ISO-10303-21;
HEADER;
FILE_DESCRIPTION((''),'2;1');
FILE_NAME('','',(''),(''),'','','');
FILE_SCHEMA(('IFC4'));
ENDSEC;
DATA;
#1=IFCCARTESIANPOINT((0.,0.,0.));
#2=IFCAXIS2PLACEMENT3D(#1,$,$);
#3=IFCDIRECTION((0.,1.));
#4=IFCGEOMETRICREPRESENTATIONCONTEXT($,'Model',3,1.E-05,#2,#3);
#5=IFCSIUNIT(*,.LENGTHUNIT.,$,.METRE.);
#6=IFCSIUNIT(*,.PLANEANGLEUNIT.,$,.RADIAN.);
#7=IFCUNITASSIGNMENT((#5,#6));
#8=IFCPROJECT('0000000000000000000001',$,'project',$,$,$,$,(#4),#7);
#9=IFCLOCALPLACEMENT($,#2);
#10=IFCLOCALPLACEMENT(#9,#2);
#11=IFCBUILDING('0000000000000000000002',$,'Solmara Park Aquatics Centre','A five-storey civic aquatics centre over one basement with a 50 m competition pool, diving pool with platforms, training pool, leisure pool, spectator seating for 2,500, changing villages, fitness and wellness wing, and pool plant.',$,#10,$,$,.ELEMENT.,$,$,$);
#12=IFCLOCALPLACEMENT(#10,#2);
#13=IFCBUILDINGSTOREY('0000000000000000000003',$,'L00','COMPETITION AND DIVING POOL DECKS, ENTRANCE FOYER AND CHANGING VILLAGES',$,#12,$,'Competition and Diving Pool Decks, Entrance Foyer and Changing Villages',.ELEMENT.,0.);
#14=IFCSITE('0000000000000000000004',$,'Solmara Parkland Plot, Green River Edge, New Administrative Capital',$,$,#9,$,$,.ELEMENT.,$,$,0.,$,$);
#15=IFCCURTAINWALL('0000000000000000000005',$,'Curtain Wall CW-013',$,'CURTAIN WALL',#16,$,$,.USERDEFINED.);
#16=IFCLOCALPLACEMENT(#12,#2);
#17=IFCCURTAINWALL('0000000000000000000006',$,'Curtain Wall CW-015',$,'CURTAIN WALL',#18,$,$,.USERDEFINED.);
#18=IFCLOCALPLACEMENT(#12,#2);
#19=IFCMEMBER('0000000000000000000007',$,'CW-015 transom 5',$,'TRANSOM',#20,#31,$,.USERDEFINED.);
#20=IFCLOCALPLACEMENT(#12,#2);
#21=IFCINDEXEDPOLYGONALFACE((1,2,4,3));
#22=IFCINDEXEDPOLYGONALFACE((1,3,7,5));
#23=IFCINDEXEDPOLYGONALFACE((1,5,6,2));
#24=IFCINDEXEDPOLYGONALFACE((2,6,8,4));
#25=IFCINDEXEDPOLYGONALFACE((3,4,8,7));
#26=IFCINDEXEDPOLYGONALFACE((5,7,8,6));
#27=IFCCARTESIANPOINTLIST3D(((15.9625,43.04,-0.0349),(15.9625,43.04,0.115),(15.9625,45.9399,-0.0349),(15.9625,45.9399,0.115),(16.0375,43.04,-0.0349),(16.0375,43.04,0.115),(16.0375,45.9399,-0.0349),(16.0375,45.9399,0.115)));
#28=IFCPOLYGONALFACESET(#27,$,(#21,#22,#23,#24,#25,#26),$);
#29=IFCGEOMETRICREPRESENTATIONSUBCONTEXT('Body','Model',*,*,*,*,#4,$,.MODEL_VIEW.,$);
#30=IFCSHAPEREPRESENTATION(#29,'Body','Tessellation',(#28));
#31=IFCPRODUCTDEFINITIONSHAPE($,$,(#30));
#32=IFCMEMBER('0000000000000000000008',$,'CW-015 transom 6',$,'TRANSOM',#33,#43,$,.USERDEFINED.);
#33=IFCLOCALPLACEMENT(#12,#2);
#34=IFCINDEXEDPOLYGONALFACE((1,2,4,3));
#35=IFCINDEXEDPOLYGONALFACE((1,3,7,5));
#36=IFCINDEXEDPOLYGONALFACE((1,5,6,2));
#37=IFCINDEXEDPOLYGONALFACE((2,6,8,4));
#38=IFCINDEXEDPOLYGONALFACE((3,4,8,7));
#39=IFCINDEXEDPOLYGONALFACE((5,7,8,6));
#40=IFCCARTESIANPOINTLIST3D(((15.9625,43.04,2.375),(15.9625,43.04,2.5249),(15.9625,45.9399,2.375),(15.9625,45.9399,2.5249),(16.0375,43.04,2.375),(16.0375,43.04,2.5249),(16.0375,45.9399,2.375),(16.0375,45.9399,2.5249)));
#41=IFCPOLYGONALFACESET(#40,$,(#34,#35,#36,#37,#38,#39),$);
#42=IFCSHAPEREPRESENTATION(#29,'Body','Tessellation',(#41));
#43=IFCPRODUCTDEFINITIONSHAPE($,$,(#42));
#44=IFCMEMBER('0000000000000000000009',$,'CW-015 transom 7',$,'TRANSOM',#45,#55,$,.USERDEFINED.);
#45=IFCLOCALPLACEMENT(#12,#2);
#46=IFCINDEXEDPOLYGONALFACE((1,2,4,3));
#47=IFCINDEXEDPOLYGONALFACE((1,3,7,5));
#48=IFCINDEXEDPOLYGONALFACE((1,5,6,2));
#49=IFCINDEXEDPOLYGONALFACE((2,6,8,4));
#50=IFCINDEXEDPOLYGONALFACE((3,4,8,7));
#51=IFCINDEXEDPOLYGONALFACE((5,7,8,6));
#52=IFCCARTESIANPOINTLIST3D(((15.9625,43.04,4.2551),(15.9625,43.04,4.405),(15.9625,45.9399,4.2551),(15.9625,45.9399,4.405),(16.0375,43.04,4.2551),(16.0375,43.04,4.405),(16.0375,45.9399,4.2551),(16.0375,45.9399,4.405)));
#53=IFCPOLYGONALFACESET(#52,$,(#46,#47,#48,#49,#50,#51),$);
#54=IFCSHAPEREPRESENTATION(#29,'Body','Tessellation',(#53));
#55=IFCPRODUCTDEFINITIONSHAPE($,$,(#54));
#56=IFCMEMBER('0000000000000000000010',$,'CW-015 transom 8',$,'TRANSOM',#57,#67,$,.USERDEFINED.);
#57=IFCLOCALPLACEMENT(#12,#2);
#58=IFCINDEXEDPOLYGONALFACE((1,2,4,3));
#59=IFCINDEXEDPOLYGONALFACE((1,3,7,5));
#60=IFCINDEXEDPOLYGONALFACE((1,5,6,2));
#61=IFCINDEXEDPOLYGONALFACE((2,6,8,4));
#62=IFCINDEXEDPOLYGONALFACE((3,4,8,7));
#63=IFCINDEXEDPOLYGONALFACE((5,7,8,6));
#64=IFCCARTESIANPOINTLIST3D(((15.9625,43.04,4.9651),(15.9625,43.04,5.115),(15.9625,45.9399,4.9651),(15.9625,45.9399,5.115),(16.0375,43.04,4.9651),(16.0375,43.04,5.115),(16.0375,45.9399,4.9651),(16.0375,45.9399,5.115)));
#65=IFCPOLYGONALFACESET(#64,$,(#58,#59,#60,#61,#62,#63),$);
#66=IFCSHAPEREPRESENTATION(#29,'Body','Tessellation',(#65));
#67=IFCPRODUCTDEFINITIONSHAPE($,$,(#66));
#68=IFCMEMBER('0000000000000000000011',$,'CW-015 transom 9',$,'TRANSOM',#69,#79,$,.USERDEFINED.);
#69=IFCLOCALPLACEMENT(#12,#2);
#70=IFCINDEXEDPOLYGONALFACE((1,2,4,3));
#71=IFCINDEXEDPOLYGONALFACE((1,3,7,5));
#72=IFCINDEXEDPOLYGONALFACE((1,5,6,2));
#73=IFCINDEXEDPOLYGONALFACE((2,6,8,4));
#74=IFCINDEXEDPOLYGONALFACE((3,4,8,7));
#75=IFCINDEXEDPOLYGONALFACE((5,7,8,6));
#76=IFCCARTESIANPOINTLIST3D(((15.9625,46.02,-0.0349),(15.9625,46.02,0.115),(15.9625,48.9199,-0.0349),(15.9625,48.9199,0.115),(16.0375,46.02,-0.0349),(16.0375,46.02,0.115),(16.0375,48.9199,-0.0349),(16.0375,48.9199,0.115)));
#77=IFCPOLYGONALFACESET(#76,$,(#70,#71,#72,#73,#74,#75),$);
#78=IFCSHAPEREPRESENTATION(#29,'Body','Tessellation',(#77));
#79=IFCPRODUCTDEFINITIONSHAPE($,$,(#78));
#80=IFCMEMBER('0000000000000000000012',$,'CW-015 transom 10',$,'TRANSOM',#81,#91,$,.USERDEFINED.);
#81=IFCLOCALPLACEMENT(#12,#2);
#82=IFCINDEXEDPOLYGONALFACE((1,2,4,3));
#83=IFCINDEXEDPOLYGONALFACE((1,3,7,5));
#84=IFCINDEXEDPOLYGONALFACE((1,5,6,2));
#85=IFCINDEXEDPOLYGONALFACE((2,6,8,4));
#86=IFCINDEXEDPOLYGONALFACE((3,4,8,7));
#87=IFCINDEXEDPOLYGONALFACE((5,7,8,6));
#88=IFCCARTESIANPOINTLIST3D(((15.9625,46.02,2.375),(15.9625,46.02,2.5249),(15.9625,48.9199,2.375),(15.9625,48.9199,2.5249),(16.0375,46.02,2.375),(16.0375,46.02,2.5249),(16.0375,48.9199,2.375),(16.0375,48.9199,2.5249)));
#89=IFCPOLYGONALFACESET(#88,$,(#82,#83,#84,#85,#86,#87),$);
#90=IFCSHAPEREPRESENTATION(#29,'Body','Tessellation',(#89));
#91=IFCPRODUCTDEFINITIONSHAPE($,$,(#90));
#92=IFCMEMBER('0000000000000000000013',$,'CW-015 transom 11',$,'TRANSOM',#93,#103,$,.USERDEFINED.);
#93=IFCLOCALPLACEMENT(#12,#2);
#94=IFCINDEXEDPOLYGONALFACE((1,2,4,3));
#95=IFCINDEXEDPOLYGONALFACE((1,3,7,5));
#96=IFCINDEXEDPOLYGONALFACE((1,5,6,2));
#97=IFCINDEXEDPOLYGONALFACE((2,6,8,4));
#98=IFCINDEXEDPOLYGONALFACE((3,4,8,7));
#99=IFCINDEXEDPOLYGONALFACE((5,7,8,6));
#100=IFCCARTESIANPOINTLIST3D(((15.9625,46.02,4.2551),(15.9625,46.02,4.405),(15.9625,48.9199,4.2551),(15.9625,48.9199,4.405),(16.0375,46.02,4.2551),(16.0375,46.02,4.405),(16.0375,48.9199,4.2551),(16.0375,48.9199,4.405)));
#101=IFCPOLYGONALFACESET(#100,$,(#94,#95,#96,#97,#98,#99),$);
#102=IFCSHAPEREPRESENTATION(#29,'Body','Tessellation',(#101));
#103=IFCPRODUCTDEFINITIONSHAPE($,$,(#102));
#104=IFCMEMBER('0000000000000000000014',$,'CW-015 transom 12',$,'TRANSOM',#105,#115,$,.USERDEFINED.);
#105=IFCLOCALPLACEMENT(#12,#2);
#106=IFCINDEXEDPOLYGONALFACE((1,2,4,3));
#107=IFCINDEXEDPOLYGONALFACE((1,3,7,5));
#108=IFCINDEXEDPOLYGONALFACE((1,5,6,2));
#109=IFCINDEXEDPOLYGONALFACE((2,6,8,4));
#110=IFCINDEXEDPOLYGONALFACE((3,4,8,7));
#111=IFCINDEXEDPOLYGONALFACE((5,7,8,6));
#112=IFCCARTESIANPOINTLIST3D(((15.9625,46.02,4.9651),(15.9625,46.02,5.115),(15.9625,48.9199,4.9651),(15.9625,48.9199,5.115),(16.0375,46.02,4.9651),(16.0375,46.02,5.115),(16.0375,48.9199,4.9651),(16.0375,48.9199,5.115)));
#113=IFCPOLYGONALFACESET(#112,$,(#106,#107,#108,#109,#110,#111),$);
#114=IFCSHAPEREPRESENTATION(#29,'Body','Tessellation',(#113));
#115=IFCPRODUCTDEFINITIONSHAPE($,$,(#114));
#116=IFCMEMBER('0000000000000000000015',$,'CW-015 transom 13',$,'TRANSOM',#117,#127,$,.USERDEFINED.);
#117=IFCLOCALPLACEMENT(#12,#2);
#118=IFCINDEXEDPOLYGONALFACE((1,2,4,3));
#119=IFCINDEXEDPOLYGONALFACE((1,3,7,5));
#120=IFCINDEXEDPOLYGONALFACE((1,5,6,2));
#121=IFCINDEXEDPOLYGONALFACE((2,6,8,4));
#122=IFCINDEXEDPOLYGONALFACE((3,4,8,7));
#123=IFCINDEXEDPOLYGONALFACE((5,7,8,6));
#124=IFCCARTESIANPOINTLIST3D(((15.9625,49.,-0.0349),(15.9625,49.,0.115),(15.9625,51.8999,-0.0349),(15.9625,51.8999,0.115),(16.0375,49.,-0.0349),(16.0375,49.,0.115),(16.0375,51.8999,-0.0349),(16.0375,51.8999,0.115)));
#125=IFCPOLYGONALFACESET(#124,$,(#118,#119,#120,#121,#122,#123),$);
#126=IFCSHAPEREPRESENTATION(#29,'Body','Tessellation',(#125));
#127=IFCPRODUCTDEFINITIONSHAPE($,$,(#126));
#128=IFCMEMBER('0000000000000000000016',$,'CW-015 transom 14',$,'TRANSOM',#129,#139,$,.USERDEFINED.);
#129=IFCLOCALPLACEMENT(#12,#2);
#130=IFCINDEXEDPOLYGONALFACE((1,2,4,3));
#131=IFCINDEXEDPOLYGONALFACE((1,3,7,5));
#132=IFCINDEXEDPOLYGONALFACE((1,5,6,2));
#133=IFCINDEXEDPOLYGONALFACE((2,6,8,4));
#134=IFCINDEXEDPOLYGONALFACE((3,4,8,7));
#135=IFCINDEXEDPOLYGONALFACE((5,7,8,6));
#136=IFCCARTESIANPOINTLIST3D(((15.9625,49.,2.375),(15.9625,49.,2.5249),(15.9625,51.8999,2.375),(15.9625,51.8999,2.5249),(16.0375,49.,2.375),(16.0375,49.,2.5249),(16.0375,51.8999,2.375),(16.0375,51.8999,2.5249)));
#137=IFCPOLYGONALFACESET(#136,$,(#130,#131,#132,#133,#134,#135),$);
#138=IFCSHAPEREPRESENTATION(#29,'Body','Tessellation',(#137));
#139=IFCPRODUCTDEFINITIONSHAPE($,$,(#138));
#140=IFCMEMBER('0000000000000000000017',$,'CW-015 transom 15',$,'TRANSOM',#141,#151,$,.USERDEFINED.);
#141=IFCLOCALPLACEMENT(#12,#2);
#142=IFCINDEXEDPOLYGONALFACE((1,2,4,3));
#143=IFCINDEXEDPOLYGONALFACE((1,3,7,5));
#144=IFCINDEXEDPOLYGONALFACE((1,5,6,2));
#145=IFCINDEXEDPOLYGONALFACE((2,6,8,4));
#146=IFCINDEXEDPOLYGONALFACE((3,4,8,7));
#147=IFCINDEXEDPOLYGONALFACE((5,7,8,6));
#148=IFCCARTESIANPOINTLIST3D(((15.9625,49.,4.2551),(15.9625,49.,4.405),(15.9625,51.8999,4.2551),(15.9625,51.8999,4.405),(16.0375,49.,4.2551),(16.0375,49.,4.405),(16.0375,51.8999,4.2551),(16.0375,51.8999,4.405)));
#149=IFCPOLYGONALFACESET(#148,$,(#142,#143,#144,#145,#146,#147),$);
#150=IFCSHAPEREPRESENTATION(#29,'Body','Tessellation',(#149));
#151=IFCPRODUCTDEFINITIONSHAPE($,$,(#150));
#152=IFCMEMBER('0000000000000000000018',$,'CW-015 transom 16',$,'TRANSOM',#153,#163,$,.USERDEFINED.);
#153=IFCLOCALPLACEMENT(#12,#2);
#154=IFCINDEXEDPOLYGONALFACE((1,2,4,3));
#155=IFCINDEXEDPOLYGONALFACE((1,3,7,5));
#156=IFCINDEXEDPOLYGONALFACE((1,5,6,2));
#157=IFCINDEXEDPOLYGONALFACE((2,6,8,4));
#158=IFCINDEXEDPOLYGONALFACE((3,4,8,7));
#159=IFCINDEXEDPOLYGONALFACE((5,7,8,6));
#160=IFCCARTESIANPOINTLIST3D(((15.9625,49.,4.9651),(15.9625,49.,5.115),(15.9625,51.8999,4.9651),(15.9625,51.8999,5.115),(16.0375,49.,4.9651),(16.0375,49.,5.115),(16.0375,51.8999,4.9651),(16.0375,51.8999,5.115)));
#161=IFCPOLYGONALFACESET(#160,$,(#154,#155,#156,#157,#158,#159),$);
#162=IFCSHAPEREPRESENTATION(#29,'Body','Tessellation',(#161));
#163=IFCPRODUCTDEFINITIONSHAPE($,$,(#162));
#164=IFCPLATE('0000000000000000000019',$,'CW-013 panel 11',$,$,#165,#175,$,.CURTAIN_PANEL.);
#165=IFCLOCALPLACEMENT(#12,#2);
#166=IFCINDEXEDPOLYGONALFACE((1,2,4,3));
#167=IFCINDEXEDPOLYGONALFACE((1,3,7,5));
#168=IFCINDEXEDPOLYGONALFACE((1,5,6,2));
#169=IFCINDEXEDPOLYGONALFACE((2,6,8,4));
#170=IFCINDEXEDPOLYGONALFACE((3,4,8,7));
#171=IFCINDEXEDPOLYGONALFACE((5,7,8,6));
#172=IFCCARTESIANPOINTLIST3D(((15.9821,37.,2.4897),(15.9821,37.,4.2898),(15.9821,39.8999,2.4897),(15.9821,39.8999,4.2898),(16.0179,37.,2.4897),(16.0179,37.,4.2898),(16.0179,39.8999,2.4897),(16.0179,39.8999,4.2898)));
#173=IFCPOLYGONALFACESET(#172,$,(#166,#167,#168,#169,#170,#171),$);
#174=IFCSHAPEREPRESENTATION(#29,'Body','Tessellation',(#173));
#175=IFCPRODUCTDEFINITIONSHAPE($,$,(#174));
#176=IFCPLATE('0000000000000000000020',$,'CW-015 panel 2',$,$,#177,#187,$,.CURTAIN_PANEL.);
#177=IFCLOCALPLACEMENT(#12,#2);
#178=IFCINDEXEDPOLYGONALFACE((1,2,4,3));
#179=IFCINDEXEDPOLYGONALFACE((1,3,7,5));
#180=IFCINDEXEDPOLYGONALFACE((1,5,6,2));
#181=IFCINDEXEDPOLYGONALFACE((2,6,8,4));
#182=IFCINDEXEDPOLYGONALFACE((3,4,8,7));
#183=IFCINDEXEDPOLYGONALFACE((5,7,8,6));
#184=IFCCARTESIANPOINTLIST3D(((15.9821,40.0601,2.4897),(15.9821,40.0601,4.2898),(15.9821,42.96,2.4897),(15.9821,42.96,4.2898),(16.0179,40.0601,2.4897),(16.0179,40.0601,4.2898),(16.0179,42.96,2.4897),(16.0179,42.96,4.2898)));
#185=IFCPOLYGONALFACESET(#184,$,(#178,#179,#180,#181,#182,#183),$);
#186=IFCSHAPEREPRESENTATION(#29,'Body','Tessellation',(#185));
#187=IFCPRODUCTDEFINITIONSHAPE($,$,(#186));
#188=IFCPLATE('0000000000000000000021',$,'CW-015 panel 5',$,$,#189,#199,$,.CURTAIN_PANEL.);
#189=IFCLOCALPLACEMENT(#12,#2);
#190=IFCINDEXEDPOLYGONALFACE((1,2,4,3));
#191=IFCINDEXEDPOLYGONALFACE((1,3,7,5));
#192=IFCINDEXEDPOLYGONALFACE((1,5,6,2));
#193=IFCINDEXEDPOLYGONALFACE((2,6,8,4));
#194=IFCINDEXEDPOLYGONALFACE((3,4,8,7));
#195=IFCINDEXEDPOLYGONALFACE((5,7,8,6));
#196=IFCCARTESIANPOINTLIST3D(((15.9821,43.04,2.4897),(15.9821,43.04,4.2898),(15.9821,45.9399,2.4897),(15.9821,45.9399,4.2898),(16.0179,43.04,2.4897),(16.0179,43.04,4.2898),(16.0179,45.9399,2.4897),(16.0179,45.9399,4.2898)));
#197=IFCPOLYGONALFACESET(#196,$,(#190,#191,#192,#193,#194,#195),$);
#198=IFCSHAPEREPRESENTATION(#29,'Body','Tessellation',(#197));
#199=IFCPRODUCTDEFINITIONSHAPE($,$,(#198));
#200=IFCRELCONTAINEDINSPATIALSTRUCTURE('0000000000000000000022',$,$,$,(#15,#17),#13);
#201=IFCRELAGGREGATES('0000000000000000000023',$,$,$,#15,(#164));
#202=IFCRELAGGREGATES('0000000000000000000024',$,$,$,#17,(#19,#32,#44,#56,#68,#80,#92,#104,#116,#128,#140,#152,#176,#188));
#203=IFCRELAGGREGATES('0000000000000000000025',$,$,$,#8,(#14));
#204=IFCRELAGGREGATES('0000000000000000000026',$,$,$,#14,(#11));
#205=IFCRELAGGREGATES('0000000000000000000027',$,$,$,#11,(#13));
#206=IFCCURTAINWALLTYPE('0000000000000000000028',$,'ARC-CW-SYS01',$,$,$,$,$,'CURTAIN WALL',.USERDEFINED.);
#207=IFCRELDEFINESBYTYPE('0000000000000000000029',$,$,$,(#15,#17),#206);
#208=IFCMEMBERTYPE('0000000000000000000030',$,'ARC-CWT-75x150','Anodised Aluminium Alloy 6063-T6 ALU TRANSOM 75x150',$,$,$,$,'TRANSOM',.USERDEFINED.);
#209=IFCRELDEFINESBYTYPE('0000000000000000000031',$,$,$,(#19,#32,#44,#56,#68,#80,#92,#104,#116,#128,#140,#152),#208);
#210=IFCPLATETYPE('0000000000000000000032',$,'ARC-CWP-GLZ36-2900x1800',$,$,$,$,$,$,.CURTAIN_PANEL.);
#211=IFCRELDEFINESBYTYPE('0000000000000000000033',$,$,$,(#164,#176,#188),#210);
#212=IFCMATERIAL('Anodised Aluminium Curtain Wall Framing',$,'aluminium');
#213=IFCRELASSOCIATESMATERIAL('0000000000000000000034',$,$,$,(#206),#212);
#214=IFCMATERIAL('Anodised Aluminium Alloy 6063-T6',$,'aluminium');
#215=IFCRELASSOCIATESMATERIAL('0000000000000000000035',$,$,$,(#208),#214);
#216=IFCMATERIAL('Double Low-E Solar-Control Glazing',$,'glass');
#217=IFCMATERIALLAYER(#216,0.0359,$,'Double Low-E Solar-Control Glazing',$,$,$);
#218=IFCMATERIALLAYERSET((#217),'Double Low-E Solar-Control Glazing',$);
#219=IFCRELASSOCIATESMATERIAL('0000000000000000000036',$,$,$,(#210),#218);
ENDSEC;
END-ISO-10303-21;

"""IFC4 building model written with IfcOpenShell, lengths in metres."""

from ifc_helpers import new_model, si_unit, direction, frame, origin, origin_2d, place, context, subcontext, project, spatial, rectangle, extrude, material, layer, layer_set, material_profile, profile_set, type_object, element, aggregate, save


model = new_model("IFC4")

# Units and contexts
model_context = context("Model", 3, precision=1e-05, world=origin(), true_north=direction((0.0, 1.0)))
body_context = subcontext(model_context, "Body", "Model", "MODEL_VIEW")
ifc_project = project(units=[si_unit("LENGTHUNIT", "METRE"), si_unit("PLANEANGLEUNIT", "RADIAN")], contexts=[model_context])

# Site, building, storey
site_placement = place(None, origin())
site = spatial("IfcSite", under=ifc_project, at=site_placement, Name="Solmara Parkland Plot, Green River Edge, New Administrative Capital", CompositionType="ELEMENT", RefElevation=0.0)
building_placement = place(site_placement, origin())
building = spatial("IfcBuilding", under=site, at=building_placement, Name="Solmara Park Aquatics Centre", Description="A five-storey civic aquatics centre over one basement with a 50 m competition pool, diving pool with platforms, training pool, leisure pool, spectator seating for 2,500, changing villages, fitness and wellness wing, and pool plant.", CompositionType="ELEMENT")
storey_placement = place(building_placement, origin())
storey = spatial("IfcBuildingStorey", under=building, at=storey_placement, Name="L00", Description="COMPETITION AND DIVING POOL DECKS, ENTRANCE FOYER AND CHANGING VILLAGES", LongName="Competition and Diving Pool Decks, Entrance Foyer and Changing Villages", CompositionType="ELEMENT", Elevation=0.0)

# Curtain wall
ifc_material_1 = material(Name="Anodised Aluminium Curtain Wall Framing", Category="aluminium")
curtain_wall_type = type_object("IfcCurtainWallType", Name="ARC-CW-SYS01", ElementType="CURTAIN WALL", PredefinedType="USERDEFINED", material=ifc_material_1)
curtain_wall_1_placement = place(storey_placement, origin())
curtain_wall_1 = element("IfcCurtainWall", 1, at=curtain_wall_1_placement, inside=storey, type_object=curtain_wall_type, Name="Curtain Wall CW-013", ObjectType="CURTAIN WALL", PredefinedType="USERDEFINED")
ifc_material_2 = material(Name="Anodised Aluminium Alloy 6063-T6", Category="aluminium")

# Curtain wall
curtain_wall_2_placement = place(storey_placement, origin())
curtain_wall_2 = element("IfcCurtainWall", 2, at=curtain_wall_2_placement, inside=storey, type_object=curtain_wall_type, Name="Curtain Wall CW-015", ObjectType="CURTAIN WALL", PredefinedType="USERDEFINED")

# Members
ifc_material_profile_1 = material_profile(ifc_material_2, rectangle(XDim=0.075, YDim=0.1499, at=origin_2d()), Name="ALU TRANSOM 75x150")
ifc_profile_set_1 = profile_set([ifc_material_profile_1], Name="Anodised Aluminium Alloy 6063-T6")
member_type_1 = type_object("IfcMemberType", Name="ARC-CWT-75x150", Description="Anodised Aluminium Alloy 6063-T6 ALU TRANSOM 75x150", ElementType="TRANSOM", PredefinedType="USERDEFINED", material=ifc_profile_set_1)
member_1_placement = place(storey_placement, frame((16.0, 43.04, 0.04), z_axis=(0.0, 1.0, 0.0), x_axis=(-1.0, 0.0, 0.0)))
member_1 = element("IfcMember", 3, at=member_1_placement, type_object=member_type_1, Name="CW-015 transom 5", ObjectType="TRANSOM", PredefinedType="USERDEFINED", context=body_context, shape_type="SweptSolid", body=[
    extrude(rectangle(XDim=0.075, YDim=0.1499, at=origin_2d()), origin(), (0.0, 0.0, 1.0), 2.8999),
])
member_2_placement = place(storey_placement, frame((16.0, 43.04, 2.45), z_axis=(0.0, 1.0, 0.0), x_axis=(-1.0, 0.0, 0.0)))
member_2 = element("IfcMember", 4, at=member_2_placement, type_object=member_type_1, Name="CW-015 transom 6", ObjectType="TRANSOM", PredefinedType="USERDEFINED", context=body_context, shape_type="SweptSolid", body=[
    extrude(rectangle(XDim=0.075, YDim=0.1499, at=origin_2d()), origin(), (0.0, 0.0, 1.0), 2.8999),
])
member_3_placement = place(storey_placement, frame((16.0, 43.04, 4.3301), z_axis=(0.0, 1.0, 0.0), x_axis=(-1.0, 0.0, 0.0)))
member_3 = element("IfcMember", 5, at=member_3_placement, type_object=member_type_1, Name="CW-015 transom 7", ObjectType="TRANSOM", PredefinedType="USERDEFINED", context=body_context, shape_type="SweptSolid", body=[
    extrude(rectangle(XDim=0.075, YDim=0.1499, at=origin_2d()), origin(), (0.0, 0.0, 1.0), 2.8999),
])
member_4_placement = place(storey_placement, frame((16.0, 43.04, 5.04), z_axis=(0.0, 1.0, 0.0), x_axis=(-1.0, 0.0, 0.0)))
member_4 = element("IfcMember", 6, at=member_4_placement, type_object=member_type_1, Name="CW-015 transom 8", ObjectType="TRANSOM", PredefinedType="USERDEFINED", context=body_context, shape_type="SweptSolid", body=[
    extrude(rectangle(XDim=0.075, YDim=0.1499, at=origin_2d()), origin(), (0.0, 0.0, 1.0), 2.8999),
])
member_5_placement = place(storey_placement, frame((16.0, 46.02, 0.04), z_axis=(0.0, 1.0, 0.0), x_axis=(-1.0, 0.0, 0.0)))
member_5 = element("IfcMember", 7, at=member_5_placement, type_object=member_type_1, Name="CW-015 transom 9", ObjectType="TRANSOM", PredefinedType="USERDEFINED", context=body_context, shape_type="SweptSolid", body=[
    extrude(rectangle(XDim=0.075, YDim=0.1499, at=origin_2d()), origin(), (0.0, 0.0, 1.0), 2.8999),
])
member_6_placement = place(storey_placement, frame((16.0, 46.02, 2.45), z_axis=(0.0, 1.0, 0.0), x_axis=(-1.0, 0.0, 0.0)))
member_6 = element("IfcMember", 8, at=member_6_placement, type_object=member_type_1, Name="CW-015 transom 10", ObjectType="TRANSOM", PredefinedType="USERDEFINED", context=body_context, shape_type="SweptSolid", body=[
    extrude(rectangle(XDim=0.075, YDim=0.1499, at=origin_2d()), origin(), (0.0, 0.0, 1.0), 2.8999),
])
member_7_placement = place(storey_placement, frame((16.0, 46.02, 4.3301), z_axis=(0.0, 1.0, 0.0), x_axis=(-1.0, 0.0, 0.0)))
member_7 = element("IfcMember", 9, at=member_7_placement, type_object=member_type_1, Name="CW-015 transom 11", ObjectType="TRANSOM", PredefinedType="USERDEFINED", context=body_context, shape_type="SweptSolid", body=[
    extrude(rectangle(XDim=0.075, YDim=0.1499, at=origin_2d()), origin(), (0.0, 0.0, 1.0), 2.8999),
])
member_8_placement = place(storey_placement, frame((16.0, 46.02, 5.04), z_axis=(0.0, 1.0, 0.0), x_axis=(-1.0, 0.0, 0.0)))
member_8 = element("IfcMember", 10, at=member_8_placement, type_object=member_type_1, Name="CW-015 transom 12", ObjectType="TRANSOM", PredefinedType="USERDEFINED", context=body_context, shape_type="SweptSolid", body=[
    extrude(rectangle(XDim=0.075, YDim=0.1499, at=origin_2d()), origin(), (0.0, 0.0, 1.0), 2.8999),
])
member_9_placement = place(storey_placement, frame((16.0, 49.0, 0.04), z_axis=(0.0, 1.0, 0.0), x_axis=(-1.0, 0.0, 0.0)))
member_9 = element("IfcMember", 11, at=member_9_placement, type_object=member_type_1, Name="CW-015 transom 13", ObjectType="TRANSOM", PredefinedType="USERDEFINED", context=body_context, shape_type="SweptSolid", body=[
    extrude(rectangle(XDim=0.075, YDim=0.1499, at=origin_2d()), origin(), (0.0, 0.0, 1.0), 2.8999),
])
member_10_placement = place(storey_placement, frame((16.0, 49.0, 2.45), z_axis=(0.0, 1.0, 0.0), x_axis=(-1.0, 0.0, 0.0)))
member_10 = element("IfcMember", 12, at=member_10_placement, type_object=member_type_1, Name="CW-015 transom 14", ObjectType="TRANSOM", PredefinedType="USERDEFINED", context=body_context, shape_type="SweptSolid", body=[
    extrude(rectangle(XDim=0.075, YDim=0.1499, at=origin_2d()), origin(), (0.0, 0.0, 1.0), 2.8999),
])
member_11_placement = place(storey_placement, frame((16.0, 49.0, 4.3301), z_axis=(0.0, 1.0, 0.0), x_axis=(-1.0, 0.0, 0.0)))
member_11 = element("IfcMember", 13, at=member_11_placement, type_object=member_type_1, Name="CW-015 transom 15", ObjectType="TRANSOM", PredefinedType="USERDEFINED", context=body_context, shape_type="SweptSolid", body=[
    extrude(rectangle(XDim=0.075, YDim=0.1499, at=origin_2d()), origin(), (0.0, 0.0, 1.0), 2.8999),
])
member_12_placement = place(storey_placement, frame((16.0, 49.0, 5.04), z_axis=(0.0, 1.0, 0.0), x_axis=(-1.0, 0.0, 0.0)))
member_12 = element("IfcMember", 14, at=member_12_placement, type_object=member_type_1, Name="CW-015 transom 16", ObjectType="TRANSOM", PredefinedType="USERDEFINED", context=body_context, shape_type="SweptSolid", body=[
    extrude(rectangle(XDim=0.075, YDim=0.1499, at=origin_2d()), origin(), (0.0, 0.0, 1.0), 2.8999),
])

# Plates
ifc_material_3 = material(Name="Double Low-E Solar-Control Glazing", Category="glass")
ifc_layer_1 = layer(ifc_material_3, 0.0359, Name="Double Low-E Solar-Control Glazing")
ifc_layer_set_1 = layer_set([ifc_layer_1], Name="Double Low-E Solar-Control Glazing")
plate_type_1 = type_object("IfcPlateType", Name="ARC-CWP-GLZ36-2900x1800", PredefinedType="CURTAIN_PANEL", material=ifc_layer_set_1)
plate_1_placement = place(storey_placement, frame((16.0, 38.45, 2.4897), z_axis=(0.0, 0.0, 1.0), x_axis=(0.0, 1.0, 0.0)))
plate_1 = element("IfcPlate", 15, at=plate_1_placement, type_object=plate_type_1, Name="CW-013 panel 11", PredefinedType="CURTAIN_PANEL", context=body_context, shape_type="SweptSolid", body=[
    extrude(rectangle(XDim=2.8999, YDim=0.0359, at=origin_2d()), origin(), (0.0, 0.0, 1.0), 1.8),
])
plate_2_placement = place(storey_placement, frame((16.0, 41.51, 2.4897), z_axis=(0.0, 0.0, 1.0), x_axis=(0.0, 1.0, 0.0)))
plate_2 = element("IfcPlate", 16, at=plate_2_placement, type_object=plate_type_1, Name="CW-015 panel 2", PredefinedType="CURTAIN_PANEL", context=body_context, shape_type="SweptSolid", body=[
    extrude(rectangle(XDim=2.8999, YDim=0.0359, at=origin_2d()), origin(), (0.0, 0.0, 1.0), 1.8),
])
plate_3_placement = place(storey_placement, frame((16.0, 44.49, 2.4897), z_axis=(0.0, 0.0, 1.0), x_axis=(0.0, 1.0, 0.0)))
plate_3 = element("IfcPlate", 17, at=plate_3_placement, type_object=plate_type_1, Name="CW-015 panel 5", PredefinedType="CURTAIN_PANEL", context=body_context, shape_type="SweptSolid", body=[
    extrude(rectangle(XDim=2.8999, YDim=0.0359, at=origin_2d()), origin(), (0.0, 0.0, 1.0), 1.8),
])
aggregate(curtain_wall_1, [plate_1])
aggregate(curtain_wall_2, [member_1, member_2, member_3, member_4, member_5, member_6, member_7, member_8, member_9, member_10, member_11, member_12, plate_2, plate_3])

save(model, "model.ifc")
